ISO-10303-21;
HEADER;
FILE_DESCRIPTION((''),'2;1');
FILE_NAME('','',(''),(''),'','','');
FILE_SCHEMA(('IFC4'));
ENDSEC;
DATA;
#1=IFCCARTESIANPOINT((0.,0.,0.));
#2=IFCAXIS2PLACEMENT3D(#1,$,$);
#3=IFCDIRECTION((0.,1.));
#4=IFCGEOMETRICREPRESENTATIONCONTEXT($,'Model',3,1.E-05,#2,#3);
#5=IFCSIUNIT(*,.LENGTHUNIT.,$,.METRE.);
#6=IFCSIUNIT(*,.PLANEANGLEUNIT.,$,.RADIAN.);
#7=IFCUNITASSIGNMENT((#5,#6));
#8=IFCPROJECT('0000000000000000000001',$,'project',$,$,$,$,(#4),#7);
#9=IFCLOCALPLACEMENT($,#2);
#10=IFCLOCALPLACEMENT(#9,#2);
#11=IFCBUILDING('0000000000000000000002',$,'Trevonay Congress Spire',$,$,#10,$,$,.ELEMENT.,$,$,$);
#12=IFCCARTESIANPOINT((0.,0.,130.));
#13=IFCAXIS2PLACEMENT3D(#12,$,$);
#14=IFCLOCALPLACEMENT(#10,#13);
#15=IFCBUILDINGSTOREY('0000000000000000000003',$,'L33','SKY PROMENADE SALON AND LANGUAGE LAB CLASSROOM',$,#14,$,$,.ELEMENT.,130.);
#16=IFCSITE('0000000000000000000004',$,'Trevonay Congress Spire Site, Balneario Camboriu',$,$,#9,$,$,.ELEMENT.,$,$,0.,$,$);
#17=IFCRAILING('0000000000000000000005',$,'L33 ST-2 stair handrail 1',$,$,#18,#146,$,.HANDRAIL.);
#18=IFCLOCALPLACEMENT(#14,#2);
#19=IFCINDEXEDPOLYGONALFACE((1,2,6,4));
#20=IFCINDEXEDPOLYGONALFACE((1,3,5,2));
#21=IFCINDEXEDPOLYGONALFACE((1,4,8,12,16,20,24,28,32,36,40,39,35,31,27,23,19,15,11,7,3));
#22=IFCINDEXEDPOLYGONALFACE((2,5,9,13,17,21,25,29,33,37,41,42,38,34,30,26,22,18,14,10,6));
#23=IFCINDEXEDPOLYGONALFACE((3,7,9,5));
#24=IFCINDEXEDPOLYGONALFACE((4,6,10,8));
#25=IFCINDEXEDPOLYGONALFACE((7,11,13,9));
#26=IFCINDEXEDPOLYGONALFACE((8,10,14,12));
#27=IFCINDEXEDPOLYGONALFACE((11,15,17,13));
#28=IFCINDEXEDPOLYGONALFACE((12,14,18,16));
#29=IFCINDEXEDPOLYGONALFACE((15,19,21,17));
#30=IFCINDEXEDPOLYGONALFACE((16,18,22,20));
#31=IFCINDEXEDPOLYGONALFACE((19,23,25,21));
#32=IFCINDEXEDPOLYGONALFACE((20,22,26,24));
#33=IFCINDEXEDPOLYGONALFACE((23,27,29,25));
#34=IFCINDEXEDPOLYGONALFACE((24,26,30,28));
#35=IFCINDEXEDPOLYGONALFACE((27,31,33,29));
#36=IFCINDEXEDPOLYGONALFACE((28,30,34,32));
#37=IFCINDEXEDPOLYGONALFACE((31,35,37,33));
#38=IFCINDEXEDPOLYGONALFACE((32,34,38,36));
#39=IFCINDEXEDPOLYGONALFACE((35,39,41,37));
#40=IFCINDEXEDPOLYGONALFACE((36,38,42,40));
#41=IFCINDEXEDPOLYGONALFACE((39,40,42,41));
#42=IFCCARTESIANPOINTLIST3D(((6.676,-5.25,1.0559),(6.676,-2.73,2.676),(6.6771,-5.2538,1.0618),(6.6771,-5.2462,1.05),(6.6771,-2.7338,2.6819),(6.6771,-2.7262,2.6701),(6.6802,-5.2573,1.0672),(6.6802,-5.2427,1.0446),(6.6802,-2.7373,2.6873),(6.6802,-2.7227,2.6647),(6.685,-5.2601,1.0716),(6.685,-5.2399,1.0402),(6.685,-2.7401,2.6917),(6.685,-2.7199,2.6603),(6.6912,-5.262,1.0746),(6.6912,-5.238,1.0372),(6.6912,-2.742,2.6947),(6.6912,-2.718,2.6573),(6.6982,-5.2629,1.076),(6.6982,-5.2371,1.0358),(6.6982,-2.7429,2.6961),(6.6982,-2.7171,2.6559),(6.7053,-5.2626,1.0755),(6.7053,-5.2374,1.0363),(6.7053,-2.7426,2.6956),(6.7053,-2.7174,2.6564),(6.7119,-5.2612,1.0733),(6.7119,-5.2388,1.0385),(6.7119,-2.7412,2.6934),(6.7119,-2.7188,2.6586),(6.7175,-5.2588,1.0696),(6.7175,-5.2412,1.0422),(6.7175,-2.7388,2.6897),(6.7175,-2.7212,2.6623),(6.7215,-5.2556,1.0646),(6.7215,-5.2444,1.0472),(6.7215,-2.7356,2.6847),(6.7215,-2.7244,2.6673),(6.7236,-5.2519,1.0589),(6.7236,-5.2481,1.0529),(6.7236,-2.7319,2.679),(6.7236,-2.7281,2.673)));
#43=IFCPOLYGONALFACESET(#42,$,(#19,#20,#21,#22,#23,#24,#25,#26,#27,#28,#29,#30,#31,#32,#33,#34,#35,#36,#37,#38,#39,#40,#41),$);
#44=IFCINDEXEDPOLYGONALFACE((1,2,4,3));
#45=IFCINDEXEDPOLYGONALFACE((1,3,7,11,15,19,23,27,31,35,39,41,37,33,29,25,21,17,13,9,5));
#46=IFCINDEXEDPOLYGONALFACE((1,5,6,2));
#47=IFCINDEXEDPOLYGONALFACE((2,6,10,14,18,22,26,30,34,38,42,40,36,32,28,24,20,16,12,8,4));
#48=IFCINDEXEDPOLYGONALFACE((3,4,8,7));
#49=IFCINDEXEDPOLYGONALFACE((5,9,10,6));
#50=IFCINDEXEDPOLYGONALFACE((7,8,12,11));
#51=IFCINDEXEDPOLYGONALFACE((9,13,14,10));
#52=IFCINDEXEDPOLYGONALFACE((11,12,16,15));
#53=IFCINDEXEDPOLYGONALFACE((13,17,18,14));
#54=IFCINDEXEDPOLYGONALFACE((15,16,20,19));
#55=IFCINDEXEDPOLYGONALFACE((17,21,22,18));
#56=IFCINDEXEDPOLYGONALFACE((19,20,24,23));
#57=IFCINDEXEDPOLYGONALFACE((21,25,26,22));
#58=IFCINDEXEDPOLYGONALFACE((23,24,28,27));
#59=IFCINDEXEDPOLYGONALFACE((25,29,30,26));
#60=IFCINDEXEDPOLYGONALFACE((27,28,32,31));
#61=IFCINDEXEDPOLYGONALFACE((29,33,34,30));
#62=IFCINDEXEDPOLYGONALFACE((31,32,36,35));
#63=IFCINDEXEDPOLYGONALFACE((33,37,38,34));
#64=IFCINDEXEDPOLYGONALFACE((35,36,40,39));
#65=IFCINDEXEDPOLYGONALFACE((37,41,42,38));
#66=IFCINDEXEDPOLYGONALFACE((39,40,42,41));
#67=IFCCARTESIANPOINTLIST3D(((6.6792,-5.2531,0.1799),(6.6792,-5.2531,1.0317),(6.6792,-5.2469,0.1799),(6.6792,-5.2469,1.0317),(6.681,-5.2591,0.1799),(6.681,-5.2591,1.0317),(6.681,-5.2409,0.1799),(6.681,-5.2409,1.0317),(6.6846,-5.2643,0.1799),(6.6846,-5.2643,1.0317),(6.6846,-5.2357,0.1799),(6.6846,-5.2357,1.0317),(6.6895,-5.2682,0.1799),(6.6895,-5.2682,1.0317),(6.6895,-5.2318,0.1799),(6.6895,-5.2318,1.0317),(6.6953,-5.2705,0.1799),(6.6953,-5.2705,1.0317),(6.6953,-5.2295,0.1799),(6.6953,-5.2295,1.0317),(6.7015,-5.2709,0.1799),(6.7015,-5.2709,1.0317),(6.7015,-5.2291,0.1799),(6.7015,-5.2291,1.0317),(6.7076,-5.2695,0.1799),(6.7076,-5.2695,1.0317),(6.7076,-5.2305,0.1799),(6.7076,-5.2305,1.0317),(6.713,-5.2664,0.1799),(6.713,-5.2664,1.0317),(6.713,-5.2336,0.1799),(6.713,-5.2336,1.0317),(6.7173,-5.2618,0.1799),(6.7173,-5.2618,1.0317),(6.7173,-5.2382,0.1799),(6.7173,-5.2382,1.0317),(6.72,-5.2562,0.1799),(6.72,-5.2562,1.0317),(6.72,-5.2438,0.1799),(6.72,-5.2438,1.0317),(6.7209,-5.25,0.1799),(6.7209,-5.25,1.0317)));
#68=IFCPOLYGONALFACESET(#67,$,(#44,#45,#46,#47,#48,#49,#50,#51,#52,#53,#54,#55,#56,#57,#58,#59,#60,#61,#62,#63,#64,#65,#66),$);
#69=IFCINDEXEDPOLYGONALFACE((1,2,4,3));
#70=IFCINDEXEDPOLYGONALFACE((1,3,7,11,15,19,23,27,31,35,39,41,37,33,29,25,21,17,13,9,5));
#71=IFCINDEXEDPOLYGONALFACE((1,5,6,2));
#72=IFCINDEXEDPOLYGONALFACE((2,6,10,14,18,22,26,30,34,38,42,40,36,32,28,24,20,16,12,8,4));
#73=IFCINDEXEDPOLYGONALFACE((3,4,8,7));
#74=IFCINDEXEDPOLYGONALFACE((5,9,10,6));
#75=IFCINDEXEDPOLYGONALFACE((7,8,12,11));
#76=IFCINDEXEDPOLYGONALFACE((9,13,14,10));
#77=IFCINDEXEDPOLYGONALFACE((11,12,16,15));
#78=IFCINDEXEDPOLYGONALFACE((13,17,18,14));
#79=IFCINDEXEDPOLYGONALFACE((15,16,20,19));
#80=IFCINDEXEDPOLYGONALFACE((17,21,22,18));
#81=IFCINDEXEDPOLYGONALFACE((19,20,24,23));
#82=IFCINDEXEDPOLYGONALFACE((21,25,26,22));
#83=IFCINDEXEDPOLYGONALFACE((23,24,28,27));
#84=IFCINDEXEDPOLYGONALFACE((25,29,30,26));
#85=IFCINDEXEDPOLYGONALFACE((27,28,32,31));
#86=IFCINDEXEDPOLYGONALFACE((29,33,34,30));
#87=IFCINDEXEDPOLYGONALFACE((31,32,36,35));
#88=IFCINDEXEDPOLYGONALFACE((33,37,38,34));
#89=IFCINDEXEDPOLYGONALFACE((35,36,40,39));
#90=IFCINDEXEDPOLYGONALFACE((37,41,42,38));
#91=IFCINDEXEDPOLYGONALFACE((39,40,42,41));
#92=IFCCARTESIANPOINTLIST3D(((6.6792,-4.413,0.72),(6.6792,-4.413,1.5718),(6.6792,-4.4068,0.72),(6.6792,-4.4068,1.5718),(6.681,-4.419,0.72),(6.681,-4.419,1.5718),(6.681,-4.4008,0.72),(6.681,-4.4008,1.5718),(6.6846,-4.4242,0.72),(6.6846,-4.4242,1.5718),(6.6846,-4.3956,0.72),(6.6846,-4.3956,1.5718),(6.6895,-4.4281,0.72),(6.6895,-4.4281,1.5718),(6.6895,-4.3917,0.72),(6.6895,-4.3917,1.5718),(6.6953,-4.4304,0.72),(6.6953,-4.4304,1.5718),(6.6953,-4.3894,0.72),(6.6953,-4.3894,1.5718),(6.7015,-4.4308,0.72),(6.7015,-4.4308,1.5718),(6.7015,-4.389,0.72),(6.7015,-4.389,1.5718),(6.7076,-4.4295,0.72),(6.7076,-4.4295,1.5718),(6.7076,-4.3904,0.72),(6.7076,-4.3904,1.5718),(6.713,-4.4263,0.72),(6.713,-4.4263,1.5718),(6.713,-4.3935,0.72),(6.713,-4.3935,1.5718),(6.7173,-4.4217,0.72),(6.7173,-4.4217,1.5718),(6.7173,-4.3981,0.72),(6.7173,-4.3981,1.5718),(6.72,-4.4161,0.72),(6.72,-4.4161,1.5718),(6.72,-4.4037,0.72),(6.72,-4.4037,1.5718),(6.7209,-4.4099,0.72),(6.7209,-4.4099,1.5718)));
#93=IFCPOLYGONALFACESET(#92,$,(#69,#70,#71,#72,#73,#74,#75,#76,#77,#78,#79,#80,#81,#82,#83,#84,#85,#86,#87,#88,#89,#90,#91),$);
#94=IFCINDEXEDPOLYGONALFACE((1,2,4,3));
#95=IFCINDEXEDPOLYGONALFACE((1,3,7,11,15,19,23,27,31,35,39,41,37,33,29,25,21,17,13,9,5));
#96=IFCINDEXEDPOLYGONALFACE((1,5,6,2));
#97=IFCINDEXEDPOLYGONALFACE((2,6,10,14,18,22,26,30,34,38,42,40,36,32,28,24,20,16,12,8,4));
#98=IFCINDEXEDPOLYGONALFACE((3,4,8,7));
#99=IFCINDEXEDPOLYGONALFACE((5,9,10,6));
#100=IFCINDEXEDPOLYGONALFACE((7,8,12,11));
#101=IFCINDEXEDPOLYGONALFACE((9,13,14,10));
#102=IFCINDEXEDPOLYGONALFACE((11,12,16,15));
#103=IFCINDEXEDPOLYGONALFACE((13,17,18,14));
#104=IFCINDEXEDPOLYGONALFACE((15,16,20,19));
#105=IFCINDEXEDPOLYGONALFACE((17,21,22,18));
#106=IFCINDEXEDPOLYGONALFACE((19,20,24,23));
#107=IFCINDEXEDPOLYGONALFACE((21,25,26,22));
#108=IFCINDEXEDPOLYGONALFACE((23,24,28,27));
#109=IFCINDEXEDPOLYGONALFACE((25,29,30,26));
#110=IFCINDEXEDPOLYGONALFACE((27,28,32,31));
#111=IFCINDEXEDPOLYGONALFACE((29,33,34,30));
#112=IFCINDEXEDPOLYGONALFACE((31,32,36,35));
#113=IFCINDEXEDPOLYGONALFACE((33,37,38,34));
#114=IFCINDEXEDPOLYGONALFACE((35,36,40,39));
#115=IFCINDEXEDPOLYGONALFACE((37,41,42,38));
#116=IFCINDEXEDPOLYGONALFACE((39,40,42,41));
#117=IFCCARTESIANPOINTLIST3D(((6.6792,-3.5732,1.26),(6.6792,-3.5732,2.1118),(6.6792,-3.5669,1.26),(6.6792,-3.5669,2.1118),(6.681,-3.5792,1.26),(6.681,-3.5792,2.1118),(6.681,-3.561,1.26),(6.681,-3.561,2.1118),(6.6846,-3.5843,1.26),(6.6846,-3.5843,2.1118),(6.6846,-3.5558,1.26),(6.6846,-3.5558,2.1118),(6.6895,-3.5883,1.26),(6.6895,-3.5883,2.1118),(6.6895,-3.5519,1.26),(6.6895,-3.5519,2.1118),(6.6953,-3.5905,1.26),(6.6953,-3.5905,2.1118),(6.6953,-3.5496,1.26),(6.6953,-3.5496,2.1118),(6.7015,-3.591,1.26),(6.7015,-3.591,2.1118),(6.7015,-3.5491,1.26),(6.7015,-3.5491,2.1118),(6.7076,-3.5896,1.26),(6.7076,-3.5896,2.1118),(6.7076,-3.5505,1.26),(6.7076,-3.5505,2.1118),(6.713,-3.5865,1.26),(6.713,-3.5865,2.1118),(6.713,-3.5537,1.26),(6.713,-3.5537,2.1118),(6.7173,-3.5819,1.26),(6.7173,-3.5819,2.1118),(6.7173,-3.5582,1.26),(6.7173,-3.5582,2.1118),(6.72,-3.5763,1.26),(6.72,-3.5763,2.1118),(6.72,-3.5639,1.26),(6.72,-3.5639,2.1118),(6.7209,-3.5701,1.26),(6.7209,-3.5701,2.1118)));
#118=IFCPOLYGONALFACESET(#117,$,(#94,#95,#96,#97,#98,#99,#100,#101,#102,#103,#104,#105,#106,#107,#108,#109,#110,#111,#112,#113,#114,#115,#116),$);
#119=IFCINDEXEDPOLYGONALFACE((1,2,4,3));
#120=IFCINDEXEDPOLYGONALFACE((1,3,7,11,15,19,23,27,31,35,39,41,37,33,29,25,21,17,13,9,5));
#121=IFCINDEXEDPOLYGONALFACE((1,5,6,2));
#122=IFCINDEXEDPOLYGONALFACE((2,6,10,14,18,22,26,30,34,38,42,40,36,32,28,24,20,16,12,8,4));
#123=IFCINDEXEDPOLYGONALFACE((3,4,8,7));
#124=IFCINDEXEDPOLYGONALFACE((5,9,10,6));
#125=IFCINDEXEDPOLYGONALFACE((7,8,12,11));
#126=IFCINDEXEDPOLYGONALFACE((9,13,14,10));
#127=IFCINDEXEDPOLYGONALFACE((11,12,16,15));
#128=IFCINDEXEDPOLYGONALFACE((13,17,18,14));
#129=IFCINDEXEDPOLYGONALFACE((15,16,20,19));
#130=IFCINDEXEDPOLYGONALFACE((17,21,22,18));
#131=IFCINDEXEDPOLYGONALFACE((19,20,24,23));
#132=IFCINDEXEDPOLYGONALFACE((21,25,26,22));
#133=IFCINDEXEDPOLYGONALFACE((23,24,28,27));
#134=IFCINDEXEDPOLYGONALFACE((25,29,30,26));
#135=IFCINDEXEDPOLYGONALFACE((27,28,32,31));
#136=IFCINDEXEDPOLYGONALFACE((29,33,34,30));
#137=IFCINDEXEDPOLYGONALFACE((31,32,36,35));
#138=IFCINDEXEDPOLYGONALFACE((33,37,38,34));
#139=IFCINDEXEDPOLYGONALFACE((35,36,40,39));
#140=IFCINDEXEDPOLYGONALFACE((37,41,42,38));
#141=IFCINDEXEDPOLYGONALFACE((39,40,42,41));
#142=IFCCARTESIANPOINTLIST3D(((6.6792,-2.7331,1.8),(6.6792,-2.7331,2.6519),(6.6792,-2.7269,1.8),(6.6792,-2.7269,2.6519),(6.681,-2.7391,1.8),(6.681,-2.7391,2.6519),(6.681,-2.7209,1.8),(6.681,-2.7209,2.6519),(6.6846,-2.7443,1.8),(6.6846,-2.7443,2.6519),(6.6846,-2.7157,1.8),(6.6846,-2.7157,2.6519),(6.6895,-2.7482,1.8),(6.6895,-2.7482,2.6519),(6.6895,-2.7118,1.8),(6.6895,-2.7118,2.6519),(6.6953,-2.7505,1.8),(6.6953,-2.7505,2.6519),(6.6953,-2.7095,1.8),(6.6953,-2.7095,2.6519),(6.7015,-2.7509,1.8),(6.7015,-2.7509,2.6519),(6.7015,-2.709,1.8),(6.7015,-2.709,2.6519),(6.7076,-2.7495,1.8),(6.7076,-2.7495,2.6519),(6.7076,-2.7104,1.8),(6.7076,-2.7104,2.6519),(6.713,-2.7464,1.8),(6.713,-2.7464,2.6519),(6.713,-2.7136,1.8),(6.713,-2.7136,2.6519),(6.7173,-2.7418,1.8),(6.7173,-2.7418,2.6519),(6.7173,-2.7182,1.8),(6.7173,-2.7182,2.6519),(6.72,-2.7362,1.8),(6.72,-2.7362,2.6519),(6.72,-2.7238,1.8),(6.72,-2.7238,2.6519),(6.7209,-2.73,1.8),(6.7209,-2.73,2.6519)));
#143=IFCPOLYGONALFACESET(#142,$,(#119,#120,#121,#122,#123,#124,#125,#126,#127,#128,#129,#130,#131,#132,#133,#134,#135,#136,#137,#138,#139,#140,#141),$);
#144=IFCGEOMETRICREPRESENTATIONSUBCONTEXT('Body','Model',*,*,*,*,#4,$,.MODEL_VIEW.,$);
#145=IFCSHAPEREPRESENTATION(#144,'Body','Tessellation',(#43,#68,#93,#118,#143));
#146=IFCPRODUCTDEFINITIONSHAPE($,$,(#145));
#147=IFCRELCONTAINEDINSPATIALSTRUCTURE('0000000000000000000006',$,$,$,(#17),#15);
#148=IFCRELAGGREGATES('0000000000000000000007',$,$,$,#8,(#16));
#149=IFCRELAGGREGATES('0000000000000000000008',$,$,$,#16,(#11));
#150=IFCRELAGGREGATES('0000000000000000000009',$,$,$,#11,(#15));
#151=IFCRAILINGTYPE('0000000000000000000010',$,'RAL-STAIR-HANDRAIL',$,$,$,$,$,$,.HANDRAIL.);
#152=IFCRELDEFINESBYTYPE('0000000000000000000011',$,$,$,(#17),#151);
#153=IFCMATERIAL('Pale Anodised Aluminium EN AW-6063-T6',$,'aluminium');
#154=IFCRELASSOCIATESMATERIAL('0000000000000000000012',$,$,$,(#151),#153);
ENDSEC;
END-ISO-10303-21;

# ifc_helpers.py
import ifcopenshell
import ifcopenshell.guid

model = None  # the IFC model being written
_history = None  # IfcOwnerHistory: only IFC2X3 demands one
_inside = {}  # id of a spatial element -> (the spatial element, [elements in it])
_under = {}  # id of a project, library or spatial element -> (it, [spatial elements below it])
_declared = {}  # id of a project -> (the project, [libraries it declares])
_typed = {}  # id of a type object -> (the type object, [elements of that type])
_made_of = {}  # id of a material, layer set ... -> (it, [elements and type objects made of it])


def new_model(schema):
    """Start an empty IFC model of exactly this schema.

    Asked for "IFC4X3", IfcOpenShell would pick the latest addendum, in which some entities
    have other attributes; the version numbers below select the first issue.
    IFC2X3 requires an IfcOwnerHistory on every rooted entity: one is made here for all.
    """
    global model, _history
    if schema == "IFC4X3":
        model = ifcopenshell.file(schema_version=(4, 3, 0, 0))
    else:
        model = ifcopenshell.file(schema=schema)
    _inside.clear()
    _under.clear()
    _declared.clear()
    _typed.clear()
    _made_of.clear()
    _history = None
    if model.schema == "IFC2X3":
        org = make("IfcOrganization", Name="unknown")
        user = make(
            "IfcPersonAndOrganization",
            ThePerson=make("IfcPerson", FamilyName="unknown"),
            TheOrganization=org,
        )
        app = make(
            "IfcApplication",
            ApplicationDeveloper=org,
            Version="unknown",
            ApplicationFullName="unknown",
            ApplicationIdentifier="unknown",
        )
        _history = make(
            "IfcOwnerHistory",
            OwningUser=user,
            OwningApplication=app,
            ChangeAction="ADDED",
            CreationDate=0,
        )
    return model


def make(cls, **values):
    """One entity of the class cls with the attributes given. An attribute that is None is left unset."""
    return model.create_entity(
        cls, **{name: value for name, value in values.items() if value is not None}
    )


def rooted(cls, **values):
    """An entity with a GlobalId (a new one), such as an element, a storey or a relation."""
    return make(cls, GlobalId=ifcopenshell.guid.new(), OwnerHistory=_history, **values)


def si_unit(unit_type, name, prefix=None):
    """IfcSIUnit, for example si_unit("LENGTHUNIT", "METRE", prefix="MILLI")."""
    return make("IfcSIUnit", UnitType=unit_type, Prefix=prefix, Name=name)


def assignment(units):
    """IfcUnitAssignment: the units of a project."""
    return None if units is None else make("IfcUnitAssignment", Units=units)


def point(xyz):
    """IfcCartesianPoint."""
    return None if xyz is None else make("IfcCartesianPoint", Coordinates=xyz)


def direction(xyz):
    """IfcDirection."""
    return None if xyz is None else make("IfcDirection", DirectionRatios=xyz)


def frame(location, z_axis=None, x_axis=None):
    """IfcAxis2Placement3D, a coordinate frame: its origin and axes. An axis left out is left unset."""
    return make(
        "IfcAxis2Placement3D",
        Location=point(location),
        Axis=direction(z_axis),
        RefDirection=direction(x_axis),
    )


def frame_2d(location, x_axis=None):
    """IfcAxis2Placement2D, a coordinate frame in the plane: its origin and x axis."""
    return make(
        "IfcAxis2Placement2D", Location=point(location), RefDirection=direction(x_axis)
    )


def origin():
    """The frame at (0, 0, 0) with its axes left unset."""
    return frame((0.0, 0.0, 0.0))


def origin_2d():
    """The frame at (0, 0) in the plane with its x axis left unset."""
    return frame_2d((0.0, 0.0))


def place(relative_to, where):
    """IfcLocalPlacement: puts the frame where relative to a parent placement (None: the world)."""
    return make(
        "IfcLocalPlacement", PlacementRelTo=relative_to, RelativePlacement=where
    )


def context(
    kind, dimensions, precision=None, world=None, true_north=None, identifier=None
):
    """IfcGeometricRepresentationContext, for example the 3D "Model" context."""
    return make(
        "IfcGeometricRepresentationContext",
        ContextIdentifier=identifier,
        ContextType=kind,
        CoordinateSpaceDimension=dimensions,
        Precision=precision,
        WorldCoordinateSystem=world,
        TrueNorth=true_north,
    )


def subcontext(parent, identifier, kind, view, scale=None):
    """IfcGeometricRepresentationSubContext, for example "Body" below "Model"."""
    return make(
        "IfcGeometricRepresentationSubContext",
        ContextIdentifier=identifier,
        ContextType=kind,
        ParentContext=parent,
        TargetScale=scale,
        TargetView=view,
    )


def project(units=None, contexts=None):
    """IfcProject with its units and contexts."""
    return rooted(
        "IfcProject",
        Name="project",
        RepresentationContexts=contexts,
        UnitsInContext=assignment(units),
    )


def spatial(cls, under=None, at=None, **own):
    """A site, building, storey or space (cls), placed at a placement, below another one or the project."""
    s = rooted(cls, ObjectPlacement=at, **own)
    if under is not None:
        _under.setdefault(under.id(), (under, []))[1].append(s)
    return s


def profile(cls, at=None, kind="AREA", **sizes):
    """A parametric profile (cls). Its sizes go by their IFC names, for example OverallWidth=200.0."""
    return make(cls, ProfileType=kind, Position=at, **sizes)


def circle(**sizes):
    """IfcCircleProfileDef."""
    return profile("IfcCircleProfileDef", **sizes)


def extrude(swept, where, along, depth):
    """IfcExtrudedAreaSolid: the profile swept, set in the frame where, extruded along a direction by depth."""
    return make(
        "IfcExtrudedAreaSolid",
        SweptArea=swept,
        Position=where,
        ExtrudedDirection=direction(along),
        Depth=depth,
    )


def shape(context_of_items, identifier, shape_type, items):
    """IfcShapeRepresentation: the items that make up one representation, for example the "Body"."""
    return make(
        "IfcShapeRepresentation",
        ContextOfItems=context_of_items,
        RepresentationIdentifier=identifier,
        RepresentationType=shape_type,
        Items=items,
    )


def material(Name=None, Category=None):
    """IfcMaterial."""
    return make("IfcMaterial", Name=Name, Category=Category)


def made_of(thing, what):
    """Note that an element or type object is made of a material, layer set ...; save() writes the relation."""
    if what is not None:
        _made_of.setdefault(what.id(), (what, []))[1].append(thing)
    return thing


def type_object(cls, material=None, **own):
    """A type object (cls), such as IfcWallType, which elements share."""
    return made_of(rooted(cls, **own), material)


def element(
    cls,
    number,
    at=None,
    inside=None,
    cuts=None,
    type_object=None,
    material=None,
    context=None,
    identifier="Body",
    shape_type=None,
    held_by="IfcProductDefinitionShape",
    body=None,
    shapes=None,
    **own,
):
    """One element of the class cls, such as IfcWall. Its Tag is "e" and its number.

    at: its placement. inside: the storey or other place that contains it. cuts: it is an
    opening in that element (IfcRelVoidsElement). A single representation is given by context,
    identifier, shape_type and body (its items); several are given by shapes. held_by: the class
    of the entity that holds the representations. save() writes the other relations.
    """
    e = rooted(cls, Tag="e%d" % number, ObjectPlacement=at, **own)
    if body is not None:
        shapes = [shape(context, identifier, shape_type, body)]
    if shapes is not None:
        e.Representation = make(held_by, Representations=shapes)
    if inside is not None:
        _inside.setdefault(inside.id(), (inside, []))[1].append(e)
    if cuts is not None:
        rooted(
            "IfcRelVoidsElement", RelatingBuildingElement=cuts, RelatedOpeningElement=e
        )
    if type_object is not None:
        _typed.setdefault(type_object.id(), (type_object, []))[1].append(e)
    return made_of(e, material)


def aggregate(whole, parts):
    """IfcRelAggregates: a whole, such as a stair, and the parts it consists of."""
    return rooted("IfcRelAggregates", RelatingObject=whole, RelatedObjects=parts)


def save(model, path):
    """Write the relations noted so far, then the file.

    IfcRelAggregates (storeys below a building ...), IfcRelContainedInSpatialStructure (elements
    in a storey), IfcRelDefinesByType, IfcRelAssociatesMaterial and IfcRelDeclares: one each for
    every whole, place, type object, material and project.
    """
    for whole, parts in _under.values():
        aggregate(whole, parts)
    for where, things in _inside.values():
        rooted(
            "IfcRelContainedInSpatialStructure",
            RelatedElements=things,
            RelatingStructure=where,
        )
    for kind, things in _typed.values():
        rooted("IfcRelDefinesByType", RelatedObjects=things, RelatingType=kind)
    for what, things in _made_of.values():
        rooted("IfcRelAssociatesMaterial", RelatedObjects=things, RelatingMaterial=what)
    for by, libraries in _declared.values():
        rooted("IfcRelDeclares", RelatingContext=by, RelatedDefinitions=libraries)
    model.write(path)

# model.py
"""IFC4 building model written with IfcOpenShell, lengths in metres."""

from ifc_helpers import new_model, si_unit, direction, frame, origin, origin_2d, place, context, subcontext, project, spatial, circle, extrude, material, type_object, element, save


model = new_model("IFC4")

# Units and contexts
model_context = context("Model", 3, precision=1e-05, world=origin(), true_north=direction((0.0, 1.0)))
body_context = subcontext(model_context, "Body", "Model", "MODEL_VIEW")
ifc_project = project(units=[si_unit("LENGTHUNIT", "METRE"), si_unit("PLANEANGLEUNIT", "RADIAN")], contexts=[model_context])

# Site, building, storey
site_placement = place(None, origin())
site = spatial("IfcSite", under=ifc_project, at=site_placement, Name="Trevonay Congress Spire Site, Balneario Camboriu", CompositionType="ELEMENT", RefElevation=0.0)
building_placement = place(site_placement, origin())
building = spatial("IfcBuilding", under=site, at=building_placement, Name="Trevonay Congress Spire", CompositionType="ELEMENT")
storey_placement = place(building_placement, frame((0.0, 0.0, 130.0)))
storey = spatial("IfcBuildingStorey", under=building, at=storey_placement, Name="L33", Description="SKY PROMENADE SALON AND LANGUAGE LAB CLASSROOM", CompositionType="ELEMENT", Elevation=130.0)

# Shared definitions
ifc_material_1 = material(Name="Pale Anodised Aluminium EN AW-6063-T6", Category="aluminium")

# Railing
railing_type_1 = type_object("IfcRailingType", Name="RAL-STAIR-HANDRAIL", PredefinedType="HANDRAIL", material=ifc_material_1)
railing_1_placement = place(storey_placement, frame((6.7, -5.25, 0.1799)))
element("IfcRailing", 1, at=railing_1_placement, inside=storey, type_object=railing_type_1, Name="L33 ST-2 stair handrail 1", PredefinedType="HANDRAIL", context=body_context, shape_type="SweptSolid", body=[
    extrude(circle(Radius=0.0239, at=origin_2d()), frame((0.0, 0.0, 0.876), z_axis=(0.0, 0.841163, 0.540782), x_axis=(-1.0, 0.0, 0.0)), (0.0, 0.0, 1.0), 2.9958),
    extrude(circle(Radius=0.021, at=origin_2d()), origin(), (0.0, 0.0, 1.0), 0.8518),
    extrude(circle(Radius=0.021, at=origin_2d()), frame((0.0, 0.8401, 0.54)), (0.0, 0.0, 1.0), 0.8518),
    extrude(circle(Radius=0.021, at=origin_2d()), frame((0.0, 1.6799, 1.0801)), (0.0, 0.0, 1.0), 0.8518),
    extrude(circle(Radius=0.021, at=origin_2d()), frame((0.0, 2.52, 1.6201)), (0.0, 0.0, 1.0), 0.8518),
])

save(model, "model.ifc")
